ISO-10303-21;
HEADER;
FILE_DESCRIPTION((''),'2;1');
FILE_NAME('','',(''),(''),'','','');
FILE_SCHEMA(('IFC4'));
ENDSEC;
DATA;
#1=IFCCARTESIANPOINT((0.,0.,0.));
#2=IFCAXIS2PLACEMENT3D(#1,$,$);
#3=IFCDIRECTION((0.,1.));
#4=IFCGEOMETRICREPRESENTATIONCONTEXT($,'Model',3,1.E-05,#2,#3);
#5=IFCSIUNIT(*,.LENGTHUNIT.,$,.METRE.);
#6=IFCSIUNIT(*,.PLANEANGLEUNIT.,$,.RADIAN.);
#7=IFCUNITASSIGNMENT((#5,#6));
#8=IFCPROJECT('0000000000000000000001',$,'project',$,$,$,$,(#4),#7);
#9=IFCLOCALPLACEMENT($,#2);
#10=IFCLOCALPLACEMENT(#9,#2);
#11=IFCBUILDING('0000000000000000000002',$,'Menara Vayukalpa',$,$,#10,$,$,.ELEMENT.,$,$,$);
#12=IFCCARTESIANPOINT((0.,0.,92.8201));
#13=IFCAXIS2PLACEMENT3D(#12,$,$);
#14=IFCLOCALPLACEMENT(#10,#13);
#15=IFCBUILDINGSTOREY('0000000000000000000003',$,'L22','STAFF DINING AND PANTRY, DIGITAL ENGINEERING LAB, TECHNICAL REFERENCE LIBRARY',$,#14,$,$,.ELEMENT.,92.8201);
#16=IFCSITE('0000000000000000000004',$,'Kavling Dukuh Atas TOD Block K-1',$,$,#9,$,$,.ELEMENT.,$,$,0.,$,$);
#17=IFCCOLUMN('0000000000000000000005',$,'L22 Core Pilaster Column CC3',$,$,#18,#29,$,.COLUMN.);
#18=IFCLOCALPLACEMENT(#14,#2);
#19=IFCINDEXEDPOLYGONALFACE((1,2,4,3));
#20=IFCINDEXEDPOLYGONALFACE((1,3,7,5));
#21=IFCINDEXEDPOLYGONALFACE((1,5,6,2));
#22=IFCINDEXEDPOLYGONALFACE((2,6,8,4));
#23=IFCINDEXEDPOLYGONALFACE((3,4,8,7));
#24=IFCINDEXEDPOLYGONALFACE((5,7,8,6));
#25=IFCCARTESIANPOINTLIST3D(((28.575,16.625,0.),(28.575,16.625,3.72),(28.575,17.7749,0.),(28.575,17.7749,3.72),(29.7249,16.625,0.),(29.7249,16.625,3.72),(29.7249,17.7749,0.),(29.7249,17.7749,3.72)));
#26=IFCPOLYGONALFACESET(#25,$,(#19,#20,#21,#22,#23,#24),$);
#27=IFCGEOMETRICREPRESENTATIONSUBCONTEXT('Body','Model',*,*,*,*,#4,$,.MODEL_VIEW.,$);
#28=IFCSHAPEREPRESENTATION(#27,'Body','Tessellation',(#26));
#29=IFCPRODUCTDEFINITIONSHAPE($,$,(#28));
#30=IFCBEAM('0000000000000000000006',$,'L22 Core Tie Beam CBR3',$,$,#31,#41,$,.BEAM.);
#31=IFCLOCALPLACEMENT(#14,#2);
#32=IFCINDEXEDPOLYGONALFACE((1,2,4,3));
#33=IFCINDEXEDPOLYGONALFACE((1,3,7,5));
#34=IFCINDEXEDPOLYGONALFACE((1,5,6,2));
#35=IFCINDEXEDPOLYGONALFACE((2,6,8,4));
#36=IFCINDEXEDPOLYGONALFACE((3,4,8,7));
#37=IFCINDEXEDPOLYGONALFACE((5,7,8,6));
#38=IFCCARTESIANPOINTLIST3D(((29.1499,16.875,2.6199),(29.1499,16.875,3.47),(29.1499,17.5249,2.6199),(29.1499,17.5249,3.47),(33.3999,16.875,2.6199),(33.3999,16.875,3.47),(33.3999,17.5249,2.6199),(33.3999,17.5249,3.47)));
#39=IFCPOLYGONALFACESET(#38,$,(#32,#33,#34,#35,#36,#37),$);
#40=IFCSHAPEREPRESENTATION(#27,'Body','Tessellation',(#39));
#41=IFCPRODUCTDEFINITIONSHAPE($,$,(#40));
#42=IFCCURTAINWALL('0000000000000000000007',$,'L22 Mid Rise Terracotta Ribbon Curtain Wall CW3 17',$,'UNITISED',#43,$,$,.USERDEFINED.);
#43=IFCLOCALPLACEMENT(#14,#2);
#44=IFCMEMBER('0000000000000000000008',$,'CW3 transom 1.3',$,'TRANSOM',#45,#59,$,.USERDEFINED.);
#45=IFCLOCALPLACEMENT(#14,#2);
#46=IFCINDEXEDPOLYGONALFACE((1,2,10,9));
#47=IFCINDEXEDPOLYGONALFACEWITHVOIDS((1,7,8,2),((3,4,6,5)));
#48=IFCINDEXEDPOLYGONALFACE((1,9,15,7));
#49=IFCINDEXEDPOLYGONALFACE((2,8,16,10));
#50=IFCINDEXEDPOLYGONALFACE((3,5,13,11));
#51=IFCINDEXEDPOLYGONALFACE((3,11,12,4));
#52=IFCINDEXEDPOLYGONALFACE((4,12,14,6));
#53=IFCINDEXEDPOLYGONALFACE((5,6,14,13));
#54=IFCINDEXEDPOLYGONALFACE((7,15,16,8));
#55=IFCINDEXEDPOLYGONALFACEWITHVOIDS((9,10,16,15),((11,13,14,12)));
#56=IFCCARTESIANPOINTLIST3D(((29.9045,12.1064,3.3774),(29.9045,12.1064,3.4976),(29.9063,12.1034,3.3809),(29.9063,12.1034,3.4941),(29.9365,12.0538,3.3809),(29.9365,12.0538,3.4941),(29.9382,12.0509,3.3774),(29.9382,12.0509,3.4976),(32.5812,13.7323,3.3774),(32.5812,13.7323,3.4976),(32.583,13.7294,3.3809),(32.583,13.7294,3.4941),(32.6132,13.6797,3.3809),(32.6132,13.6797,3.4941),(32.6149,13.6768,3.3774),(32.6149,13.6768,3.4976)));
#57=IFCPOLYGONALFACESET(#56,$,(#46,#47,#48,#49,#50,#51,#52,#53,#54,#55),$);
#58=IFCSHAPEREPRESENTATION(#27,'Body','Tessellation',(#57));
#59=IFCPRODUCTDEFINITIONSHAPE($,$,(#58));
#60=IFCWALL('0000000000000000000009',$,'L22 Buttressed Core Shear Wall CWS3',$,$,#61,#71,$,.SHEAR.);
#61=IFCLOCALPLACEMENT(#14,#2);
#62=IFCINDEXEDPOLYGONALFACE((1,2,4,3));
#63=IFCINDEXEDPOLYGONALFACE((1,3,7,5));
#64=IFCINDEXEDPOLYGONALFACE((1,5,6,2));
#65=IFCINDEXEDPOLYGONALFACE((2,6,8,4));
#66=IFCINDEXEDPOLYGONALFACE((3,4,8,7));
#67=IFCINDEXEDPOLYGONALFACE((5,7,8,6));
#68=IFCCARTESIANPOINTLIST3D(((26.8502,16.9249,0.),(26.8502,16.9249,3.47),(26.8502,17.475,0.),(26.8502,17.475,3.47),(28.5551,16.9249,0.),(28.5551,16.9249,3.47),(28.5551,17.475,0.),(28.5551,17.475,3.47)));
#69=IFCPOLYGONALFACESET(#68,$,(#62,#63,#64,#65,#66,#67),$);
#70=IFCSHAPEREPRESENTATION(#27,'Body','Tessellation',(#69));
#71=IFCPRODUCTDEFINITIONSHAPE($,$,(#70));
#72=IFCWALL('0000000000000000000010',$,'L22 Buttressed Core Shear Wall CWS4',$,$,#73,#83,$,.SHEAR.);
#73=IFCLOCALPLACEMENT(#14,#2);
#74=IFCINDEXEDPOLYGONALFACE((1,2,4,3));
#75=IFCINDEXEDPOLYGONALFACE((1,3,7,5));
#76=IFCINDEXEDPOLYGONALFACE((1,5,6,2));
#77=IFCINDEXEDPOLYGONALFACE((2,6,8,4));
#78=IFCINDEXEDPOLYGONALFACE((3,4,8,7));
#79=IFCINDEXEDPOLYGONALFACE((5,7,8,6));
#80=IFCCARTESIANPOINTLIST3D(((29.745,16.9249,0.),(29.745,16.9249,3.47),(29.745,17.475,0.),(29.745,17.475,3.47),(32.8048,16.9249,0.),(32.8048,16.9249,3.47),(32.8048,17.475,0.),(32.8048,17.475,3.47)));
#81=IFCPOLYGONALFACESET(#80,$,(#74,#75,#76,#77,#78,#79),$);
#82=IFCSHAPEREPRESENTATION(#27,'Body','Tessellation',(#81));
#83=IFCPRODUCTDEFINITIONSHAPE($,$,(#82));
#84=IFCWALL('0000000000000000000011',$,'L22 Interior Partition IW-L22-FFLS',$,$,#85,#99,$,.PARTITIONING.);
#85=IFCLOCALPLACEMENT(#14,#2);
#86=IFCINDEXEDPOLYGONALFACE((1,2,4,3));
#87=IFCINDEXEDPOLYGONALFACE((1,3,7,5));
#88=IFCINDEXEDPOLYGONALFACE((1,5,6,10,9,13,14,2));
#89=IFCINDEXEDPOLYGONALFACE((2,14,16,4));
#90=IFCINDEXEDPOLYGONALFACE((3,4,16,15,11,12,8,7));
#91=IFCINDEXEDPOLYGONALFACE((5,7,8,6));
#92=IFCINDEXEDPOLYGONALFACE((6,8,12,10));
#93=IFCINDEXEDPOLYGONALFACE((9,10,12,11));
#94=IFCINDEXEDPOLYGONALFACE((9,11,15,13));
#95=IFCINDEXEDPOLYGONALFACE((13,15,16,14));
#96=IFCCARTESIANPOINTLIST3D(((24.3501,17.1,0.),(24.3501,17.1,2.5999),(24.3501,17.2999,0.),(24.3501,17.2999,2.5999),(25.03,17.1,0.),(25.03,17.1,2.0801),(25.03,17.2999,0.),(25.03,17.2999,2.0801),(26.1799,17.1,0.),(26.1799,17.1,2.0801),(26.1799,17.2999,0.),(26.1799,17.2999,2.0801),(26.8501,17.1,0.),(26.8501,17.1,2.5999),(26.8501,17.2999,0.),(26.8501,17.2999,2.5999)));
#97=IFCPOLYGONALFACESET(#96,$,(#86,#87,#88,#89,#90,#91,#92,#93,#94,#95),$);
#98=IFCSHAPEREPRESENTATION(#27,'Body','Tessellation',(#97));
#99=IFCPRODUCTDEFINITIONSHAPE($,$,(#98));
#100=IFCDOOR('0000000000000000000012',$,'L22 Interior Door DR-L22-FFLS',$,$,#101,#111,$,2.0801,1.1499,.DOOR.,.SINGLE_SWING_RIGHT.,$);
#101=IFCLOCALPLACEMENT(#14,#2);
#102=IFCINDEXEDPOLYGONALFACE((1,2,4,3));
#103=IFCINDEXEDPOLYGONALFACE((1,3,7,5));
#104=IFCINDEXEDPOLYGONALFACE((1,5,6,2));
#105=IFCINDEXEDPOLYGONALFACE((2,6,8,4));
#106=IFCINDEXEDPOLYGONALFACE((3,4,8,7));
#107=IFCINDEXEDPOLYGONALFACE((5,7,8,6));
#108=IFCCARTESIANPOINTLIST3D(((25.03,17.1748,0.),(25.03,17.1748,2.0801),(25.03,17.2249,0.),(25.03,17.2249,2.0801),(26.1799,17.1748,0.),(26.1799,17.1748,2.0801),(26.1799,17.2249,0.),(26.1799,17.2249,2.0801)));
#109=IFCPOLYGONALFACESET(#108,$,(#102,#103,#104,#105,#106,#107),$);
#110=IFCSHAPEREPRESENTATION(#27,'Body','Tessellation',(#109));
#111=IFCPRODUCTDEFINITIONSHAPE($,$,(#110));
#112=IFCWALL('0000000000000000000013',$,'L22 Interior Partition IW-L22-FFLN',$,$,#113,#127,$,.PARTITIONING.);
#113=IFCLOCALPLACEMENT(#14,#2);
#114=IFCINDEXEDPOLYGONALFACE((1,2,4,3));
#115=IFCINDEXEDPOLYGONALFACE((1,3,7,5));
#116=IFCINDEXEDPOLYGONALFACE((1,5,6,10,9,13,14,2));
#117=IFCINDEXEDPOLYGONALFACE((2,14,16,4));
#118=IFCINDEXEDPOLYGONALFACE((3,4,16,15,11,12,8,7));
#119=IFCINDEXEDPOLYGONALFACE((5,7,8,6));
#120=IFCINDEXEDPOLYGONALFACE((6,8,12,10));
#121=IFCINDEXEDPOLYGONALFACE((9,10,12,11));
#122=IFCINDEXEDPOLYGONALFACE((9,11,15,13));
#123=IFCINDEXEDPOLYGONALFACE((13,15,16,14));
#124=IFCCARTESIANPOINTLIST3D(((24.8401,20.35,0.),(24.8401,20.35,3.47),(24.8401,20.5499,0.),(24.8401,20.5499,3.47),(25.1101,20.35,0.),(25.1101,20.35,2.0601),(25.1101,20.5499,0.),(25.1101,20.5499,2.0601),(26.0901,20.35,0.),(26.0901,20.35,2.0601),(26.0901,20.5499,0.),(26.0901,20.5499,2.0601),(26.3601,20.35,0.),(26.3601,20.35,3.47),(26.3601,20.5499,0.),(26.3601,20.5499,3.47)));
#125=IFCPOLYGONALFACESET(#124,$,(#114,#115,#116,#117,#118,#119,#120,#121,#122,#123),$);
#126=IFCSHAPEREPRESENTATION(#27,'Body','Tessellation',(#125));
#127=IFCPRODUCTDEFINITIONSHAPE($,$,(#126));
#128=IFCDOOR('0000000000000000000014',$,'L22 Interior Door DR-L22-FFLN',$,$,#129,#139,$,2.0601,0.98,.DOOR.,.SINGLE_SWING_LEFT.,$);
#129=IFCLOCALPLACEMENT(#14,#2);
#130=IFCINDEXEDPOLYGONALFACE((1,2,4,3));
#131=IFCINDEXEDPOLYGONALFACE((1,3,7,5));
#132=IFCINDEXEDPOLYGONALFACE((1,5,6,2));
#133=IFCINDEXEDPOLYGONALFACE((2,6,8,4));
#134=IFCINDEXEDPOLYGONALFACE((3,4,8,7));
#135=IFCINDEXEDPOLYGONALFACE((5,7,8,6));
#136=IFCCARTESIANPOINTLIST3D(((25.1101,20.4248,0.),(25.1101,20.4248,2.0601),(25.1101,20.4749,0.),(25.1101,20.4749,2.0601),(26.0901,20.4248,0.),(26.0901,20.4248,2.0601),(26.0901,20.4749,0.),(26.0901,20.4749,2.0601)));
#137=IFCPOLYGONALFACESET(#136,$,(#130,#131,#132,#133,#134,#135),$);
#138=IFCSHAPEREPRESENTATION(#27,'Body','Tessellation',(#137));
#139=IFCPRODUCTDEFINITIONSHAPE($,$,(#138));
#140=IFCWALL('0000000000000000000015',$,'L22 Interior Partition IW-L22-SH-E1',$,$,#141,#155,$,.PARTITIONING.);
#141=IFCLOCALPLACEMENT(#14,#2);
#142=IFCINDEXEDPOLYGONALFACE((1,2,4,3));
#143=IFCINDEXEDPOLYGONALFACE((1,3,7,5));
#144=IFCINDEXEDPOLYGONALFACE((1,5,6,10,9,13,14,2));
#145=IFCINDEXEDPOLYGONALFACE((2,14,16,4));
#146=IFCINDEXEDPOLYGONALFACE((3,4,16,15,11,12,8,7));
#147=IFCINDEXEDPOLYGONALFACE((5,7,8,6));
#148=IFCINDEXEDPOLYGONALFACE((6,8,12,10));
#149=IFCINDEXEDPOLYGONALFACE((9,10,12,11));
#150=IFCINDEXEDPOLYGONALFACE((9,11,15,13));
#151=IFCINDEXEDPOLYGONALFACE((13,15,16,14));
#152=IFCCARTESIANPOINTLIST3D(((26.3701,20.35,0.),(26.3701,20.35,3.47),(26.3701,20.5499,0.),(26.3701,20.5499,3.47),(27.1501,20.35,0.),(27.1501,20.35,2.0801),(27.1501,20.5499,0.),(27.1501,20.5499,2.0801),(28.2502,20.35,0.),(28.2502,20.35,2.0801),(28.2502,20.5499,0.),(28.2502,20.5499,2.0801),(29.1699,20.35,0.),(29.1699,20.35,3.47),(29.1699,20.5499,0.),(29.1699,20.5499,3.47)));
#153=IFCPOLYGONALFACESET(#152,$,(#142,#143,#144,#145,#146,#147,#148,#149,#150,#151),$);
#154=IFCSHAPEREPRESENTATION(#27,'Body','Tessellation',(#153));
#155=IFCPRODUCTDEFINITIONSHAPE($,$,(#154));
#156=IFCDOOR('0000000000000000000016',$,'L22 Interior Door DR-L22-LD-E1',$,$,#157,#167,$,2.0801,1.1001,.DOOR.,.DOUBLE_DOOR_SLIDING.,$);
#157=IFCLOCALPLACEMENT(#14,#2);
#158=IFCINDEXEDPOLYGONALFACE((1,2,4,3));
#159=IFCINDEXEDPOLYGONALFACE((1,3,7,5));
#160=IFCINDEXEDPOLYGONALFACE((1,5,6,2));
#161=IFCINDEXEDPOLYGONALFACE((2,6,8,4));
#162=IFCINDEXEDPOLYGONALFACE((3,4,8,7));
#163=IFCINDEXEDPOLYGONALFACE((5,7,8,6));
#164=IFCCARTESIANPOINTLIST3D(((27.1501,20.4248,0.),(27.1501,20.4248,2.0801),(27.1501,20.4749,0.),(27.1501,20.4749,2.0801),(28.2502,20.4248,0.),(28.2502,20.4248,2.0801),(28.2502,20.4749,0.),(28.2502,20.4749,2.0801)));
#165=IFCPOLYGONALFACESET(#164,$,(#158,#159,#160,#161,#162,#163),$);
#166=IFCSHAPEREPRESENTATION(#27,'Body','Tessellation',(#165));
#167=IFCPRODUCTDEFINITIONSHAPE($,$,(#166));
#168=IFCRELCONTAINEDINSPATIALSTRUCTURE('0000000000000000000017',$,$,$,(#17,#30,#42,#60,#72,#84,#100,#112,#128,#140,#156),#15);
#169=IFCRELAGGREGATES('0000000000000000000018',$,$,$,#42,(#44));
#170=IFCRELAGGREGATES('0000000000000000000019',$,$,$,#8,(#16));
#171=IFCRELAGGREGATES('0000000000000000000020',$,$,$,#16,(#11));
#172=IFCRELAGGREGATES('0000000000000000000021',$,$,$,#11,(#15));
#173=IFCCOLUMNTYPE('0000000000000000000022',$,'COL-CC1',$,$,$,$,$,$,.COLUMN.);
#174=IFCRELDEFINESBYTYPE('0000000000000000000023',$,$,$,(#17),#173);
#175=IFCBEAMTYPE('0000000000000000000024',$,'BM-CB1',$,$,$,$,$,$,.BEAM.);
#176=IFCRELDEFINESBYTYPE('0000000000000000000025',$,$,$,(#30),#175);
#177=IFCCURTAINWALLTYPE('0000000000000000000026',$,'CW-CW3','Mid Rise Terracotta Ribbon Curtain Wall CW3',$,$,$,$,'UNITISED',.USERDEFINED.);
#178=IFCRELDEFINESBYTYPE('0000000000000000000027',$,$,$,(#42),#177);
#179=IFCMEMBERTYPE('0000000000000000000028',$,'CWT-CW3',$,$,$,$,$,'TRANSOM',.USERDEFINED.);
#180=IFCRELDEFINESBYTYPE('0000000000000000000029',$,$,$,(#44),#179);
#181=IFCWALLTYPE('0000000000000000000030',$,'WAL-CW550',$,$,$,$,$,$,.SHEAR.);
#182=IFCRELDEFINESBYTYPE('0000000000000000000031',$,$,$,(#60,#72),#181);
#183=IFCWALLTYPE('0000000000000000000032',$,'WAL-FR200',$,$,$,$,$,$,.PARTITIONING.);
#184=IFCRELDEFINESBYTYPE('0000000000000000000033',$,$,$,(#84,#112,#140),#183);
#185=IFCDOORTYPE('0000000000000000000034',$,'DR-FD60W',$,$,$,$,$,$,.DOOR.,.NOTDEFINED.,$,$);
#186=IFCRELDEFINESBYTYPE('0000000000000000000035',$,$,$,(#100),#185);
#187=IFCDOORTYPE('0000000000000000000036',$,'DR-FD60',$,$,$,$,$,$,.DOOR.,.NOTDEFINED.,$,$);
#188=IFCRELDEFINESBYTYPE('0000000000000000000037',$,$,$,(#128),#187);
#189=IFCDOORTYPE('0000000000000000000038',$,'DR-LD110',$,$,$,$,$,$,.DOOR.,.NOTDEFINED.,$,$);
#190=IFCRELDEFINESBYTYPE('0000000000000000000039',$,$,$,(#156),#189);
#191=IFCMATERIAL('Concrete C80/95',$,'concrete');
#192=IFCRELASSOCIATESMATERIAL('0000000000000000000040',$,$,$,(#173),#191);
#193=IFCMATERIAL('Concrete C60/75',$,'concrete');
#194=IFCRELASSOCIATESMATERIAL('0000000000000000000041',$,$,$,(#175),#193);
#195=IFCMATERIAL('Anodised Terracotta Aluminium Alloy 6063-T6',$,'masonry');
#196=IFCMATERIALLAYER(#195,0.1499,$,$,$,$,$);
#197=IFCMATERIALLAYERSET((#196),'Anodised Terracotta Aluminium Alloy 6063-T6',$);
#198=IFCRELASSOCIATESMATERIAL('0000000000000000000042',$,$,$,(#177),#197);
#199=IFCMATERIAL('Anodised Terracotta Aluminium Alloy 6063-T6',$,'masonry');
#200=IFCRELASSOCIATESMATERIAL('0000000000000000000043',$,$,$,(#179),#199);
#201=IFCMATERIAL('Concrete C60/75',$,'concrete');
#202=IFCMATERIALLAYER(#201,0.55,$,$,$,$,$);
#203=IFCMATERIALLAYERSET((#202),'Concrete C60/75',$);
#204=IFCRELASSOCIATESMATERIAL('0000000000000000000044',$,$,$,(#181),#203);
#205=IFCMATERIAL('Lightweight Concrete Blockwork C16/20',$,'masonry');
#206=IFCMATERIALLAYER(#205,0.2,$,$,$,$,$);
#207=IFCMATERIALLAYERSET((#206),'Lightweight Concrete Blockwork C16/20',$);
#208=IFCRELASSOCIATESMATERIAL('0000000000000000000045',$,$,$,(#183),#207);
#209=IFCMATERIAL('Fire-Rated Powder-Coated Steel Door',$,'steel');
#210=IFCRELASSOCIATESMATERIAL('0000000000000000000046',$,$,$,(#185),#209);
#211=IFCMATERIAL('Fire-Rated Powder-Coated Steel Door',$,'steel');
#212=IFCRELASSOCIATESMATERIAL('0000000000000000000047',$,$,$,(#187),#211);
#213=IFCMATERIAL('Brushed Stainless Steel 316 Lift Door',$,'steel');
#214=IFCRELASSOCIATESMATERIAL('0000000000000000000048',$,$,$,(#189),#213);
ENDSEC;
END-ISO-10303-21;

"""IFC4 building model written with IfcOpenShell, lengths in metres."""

from ifc_helpers import new_model, si_unit, direction, frame, frame_2d, origin, origin_2d, place, context, subcontext, project, spatial, rectangle, hollow_rectangle, extrude, material, layer, layer_set, material_profile, profile_set, type_object, element, fill, aggregate, save


model = new_model("IFC4")

# Units and contexts
model_context = context("Model", 3, precision=1e-05, world=origin(), true_north=direction((0.0, 1.0)))
body_context = subcontext(model_context, "Body", "Model", "MODEL_VIEW")
ifc_project = project(units=[si_unit("LENGTHUNIT", "METRE"), si_unit("PLANEANGLEUNIT", "RADIAN")], contexts=[model_context])

# Site, building, storey
site_placement = place(None, origin())
site = spatial("IfcSite", under=ifc_project, at=site_placement, Name="Kavling Dukuh Atas TOD Block K-1", CompositionType="ELEMENT", RefElevation=0.0)
building_placement = place(site_placement, origin())
building = spatial("IfcBuilding", under=site, at=building_placement, Name="Menara Vayukalpa", CompositionType="ELEMENT")
storey_placement = place(building_placement, frame((0.0, 0.0, 92.8201)))
storey = spatial("IfcBuildingStorey", under=building, at=storey_placement, Name="L22", Description="STAFF DINING AND PANTRY, DIGITAL ENGINEERING LAB, TECHNICAL REFERENCE LIBRARY", CompositionType="ELEMENT", Elevation=92.8201)

# Column
ifc_material_1 = material(Name="Concrete C80/95", Category="concrete")
ifc_material_profile_1 = material_profile(ifc_material_1, rectangle(XDim=1.1499, YDim=1.1499, at=origin_2d()), Name="RC 1150x1150")
ifc_profile_set_1 = profile_set([ifc_material_profile_1], Name="Concrete C80/95")
column_type = type_object("IfcColumnType", Name="COL-CC1", PredefinedType="COLUMN", material=ifc_profile_set_1)
column_placement = place(storey_placement, frame((29.1499, 17.2, 0.0), z_axis=(0.0, 0.0, 1.0), x_axis=(1.0, 0.0, 0.0)))
element("IfcColumn", 1, at=column_placement, inside=storey, type_object=column_type, Name="L22 Core Pilaster Column CC3", PredefinedType="COLUMN", context=body_context, shape_type="SweptSolid", body=[
    extrude(rectangle(XDim=1.1499, YDim=1.1499, at=origin_2d()), origin(), (0.0, 0.0, 1.0), 3.72),
])

# Beam
ifc_material_2 = material(Name="Concrete C60/75", Category="concrete")
ifc_material_profile_2 = material_profile(ifc_material_2, rectangle(XDim=0.6499, YDim=0.8501, at=origin_2d()), Name="RC 650x850")
ifc_profile_set_2 = profile_set([ifc_material_profile_2], Name="Concrete C60/75")
beam_type = type_object("IfcBeamType", Name="BM-CB1", PredefinedType="BEAM", material=ifc_profile_set_2)
beam_placement = place(storey_placement, frame((29.1499, 17.2, 3.0449), z_axis=(1.0, 0.0, 0.0), x_axis=(0.0, 1.0, 0.0)))
element("IfcBeam", 2, at=beam_placement, inside=storey, type_object=beam_type, Name="L22 Core Tie Beam CBR3", PredefinedType="BEAM", context=body_context, shape_type="SweptSolid", body=[
    extrude(rectangle(XDim=0.6499, YDim=0.8501, at=origin_2d()), origin(), (0.0, 0.0, 1.0), 4.25),
])

# Curtain wall, member
ifc_material_3 = material(Name="Anodised Terracotta Aluminium Alloy 6063-T6", Category="masonry")
ifc_layer_1 = layer(ifc_material_3, 0.1499)
ifc_layer_set_1 = layer_set([ifc_layer_1], Name="Anodised Terracotta Aluminium Alloy 6063-T6")
curtain_wall_type = type_object("IfcCurtainWallType", Name="CW-CW3", Description="Mid Rise Terracotta Ribbon Curtain Wall CW3", ElementType="UNITISED", PredefinedType="USERDEFINED", material=ifc_layer_set_1)
curtain_wall_placement = place(storey_placement, origin())
curtain_wall = element("IfcCurtainWall", 3, at=curtain_wall_placement, inside=storey, type_object=curtain_wall_type, Name="L22 Mid Rise Terracotta Ribbon Curtain Wall CW3 17", ObjectType="UNITISED", PredefinedType="USERDEFINED")
ifc_material_4 = material(Name="Anodised Terracotta Aluminium Alloy 6063-T6", Category="masonry")
ifc_material_profile_3 = material_profile(ifc_material_4, hollow_rectangle(XDim=0.0649, YDim=0.1201, WallThickness=0.0034, at=origin_2d()), Name="ALU 65x120x3.5")
ifc_profile_set_3 = profile_set([ifc_material_profile_3], Name="Anodised Terracotta Aluminium Alloy 6063-T6")
member_type = type_object("IfcMemberType", Name="CWT-CW3", ElementType="TRANSOM", PredefinedType="USERDEFINED", material=ifc_profile_set_3)
member_placement = place(storey_placement, frame((29.9214, 12.0786, 3.4375), z_axis=(0.854674, 0.519165, 0.0), x_axis=(-0.519165, 0.854674, 0.0)))
member = element("IfcMember", 4, at=member_placement, type_object=member_type, Name="CW3 transom 1.3", ObjectType="TRANSOM", PredefinedType="USERDEFINED", context=body_context, shape_type="SweptSolid", body=[
    extrude(hollow_rectangle(XDim=0.0649, YDim=0.1201, WallThickness=0.0034, at=origin_2d()), origin(), (0.0, 0.0, 1.0), 3.1318),
])
aggregate(curtain_wall, [member])

# Walls
ifc_material_5 = material(Name="Concrete C60/75", Category="concrete")
ifc_layer_2 = layer(ifc_material_5, 0.55)
ifc_layer_set_2 = layer_set([ifc_layer_2], Name="Concrete C60/75")
wall_type_1 = type_object("IfcWallType", Name="WAL-CW550", PredefinedType="SHEAR", material=ifc_layer_set_2)
wall_1_placement = place(storey_placement, frame((26.8501, 17.2, 0.0), z_axis=(0.0, 0.0, 1.0), x_axis=(1.0, 0.0, 0.0)))
element("IfcWall", 5, at=wall_1_placement, inside=storey, type_object=wall_type_1, Name="L22 Buttressed Core Shear Wall CWS3", PredefinedType="SHEAR", context=body_context, shape_type="SweptSolid", body=[
    extrude(rectangle(XDim=1.7048, YDim=0.55, at=frame_2d((0.8525, 0.0))), origin(), (0.0, 0.0, 1.0), 3.47),
])
wall_2_placement = place(storey_placement, frame((29.7451, 17.2, 0.0), z_axis=(0.0, 0.0, 1.0), x_axis=(1.0, 0.0, 0.0)))
element("IfcWall", 6, at=wall_2_placement, inside=storey, type_object=wall_type_1, Name="L22 Buttressed Core Shear Wall CWS4", PredefinedType="SHEAR", context=body_context, shape_type="SweptSolid", body=[
    extrude(rectangle(XDim=3.0598, YDim=0.55, at=frame_2d((1.5298, 0.0))), origin(), (0.0, 0.0, 1.0), 3.47),
])

# Walls, openings, doors
ifc_material_6 = material(Name="Lightweight Concrete Blockwork C16/20", Category="masonry")
ifc_layer_3 = layer(ifc_material_6, 0.2)
ifc_layer_set_3 = layer_set([ifc_layer_3], Name="Lightweight Concrete Blockwork C16/20")
wall_type_2 = type_object("IfcWallType", Name="WAL-FR200", PredefinedType="PARTITIONING", material=ifc_layer_set_3)
wall_3_placement = place(storey_placement, frame((24.3501, 17.2, 0.0), z_axis=(0.0, 0.0, 1.0), x_axis=(1.0, 0.0, 0.0)))
wall_3 = element("IfcWall", 7, at=wall_3_placement, inside=storey, type_object=wall_type_2, Name="L22 Interior Partition IW-L22-FFLS", PredefinedType="PARTITIONING", context=body_context, shape_type="SweptSolid", body=[
    extrude(rectangle(XDim=2.5, YDim=0.2, at=frame_2d((1.25, 0.0))), origin(), (0.0, 0.0, 1.0), 2.5999),
])
opening_1_placement = place(wall_3_placement, frame((0.6799, 0.0, 0.0)))
opening_1 = element("IfcOpeningElement", 8, at=opening_1_placement, cuts=wall_3, PredefinedType="OPENING", context=body_context, shape_type="SweptSolid", body=[
    extrude(rectangle(XDim=1.1499, YDim=2.0801, at=frame_2d((0.575, 1.04))), frame((0.0, 0.1099, 0.0), z_axis=(0.0, -1.0, 0.0), x_axis=(1.0, 0.0, 0.0)), (0.0, 0.0, 1.0), 0.22),
])
ifc_material_7 = material(Name="Fire-Rated Powder-Coated Steel Door", Category="steel")
door_type_1 = type_object("IfcDoorType", Name="DR-FD60W", OperationType="NOTDEFINED", PredefinedType="DOOR", material=ifc_material_7)
door_1_placement = place(opening_1_placement, origin())
door_1 = element("IfcDoor", 9, at=door_1_placement, inside=storey, type_object=door_type_1, Name="L22 Interior Door DR-L22-FFLS", OperationType="SINGLE_SWING_RIGHT", OverallHeight=2.0801, OverallWidth=1.1499, PredefinedType="DOOR", context=body_context, shape_type="SweptSolid", body=[
    extrude(rectangle(XDim=1.1499, YDim=2.0801, at=frame_2d((0.575, 1.04))), frame((0.0, 0.0249, 0.0), z_axis=(0.0, -1.0, 0.0), x_axis=(1.0, 0.0, 0.0)), (0.0, 0.0, 1.0), 0.05),
])
fill(opening_1, door_1)
wall_4_placement = place(storey_placement, frame((24.8401, 20.45, 0.0), z_axis=(0.0, 0.0, 1.0), x_axis=(1.0, 0.0, 0.0)))
wall_4 = element("IfcWall", 10, at=wall_4_placement, inside=storey, type_object=wall_type_2, Name="L22 Interior Partition IW-L22-FFLN", PredefinedType="PARTITIONING", context=body_context, shape_type="SweptSolid", body=[
    extrude(rectangle(XDim=1.52, YDim=0.2, at=frame_2d((0.76, 0.0))), origin(), (0.0, 0.0, 1.0), 3.47),
])
opening_2_placement = place(wall_4_placement, frame((0.27, 0.0, 0.0)))
opening_2 = element("IfcOpeningElement", 11, at=opening_2_placement, cuts=wall_4, PredefinedType="OPENING", context=body_context, shape_type="SweptSolid", body=[
    extrude(rectangle(XDim=0.98, YDim=2.0601, at=frame_2d((0.49, 1.03))), frame((0.0, 0.1099, 0.0), z_axis=(0.0, -1.0, 0.0), x_axis=(1.0, 0.0, 0.0)), (0.0, 0.0, 1.0), 0.22),
])
ifc_material_8 = material(Name="Fire-Rated Powder-Coated Steel Door", Category="steel")
door_type_2 = type_object("IfcDoorType", Name="DR-FD60", OperationType="NOTDEFINED", PredefinedType="DOOR", material=ifc_material_8)
door_2_placement = place(opening_2_placement, origin())
door_2 = element("IfcDoor", 12, at=door_2_placement, inside=storey, type_object=door_type_2, Name="L22 Interior Door DR-L22-FFLN", OperationType="SINGLE_SWING_LEFT", OverallHeight=2.0601, OverallWidth=0.98, PredefinedType="DOOR", context=body_context, shape_type="SweptSolid", body=[
    extrude(rectangle(XDim=0.98, YDim=2.0601, at=frame_2d((0.49, 1.03))), frame((0.0, 0.0249, 0.0), z_axis=(0.0, -1.0, 0.0), x_axis=(1.0, 0.0, 0.0)), (0.0, 0.0, 1.0), 0.05),
])
fill(opening_2, door_2)
wall_5_placement = place(storey_placement, frame((26.3701, 20.45, 0.0), z_axis=(0.0, 0.0, 1.0), x_axis=(1.0, 0.0, 0.0)))
wall_5 = element("IfcWall", 13, at=wall_5_placement, inside=storey, type_object=wall_type_2, Name="L22 Interior Partition IW-L22-SH-E1", PredefinedType="PARTITIONING", context=body_context, shape_type="SweptSolid", body=[
    extrude(rectangle(XDim=2.7998, YDim=0.2, at=frame_2d((1.3999, 0.0))), origin(), (0.0, 0.0, 1.0), 3.47),
])
opening_3_placement = place(wall_5_placement, frame((0.78, 0.0, 0.0)))
opening_3 = element("IfcOpeningElement", 14, at=opening_3_placement, cuts=wall_5, PredefinedType="OPENING", context=body_context, shape_type="SweptSolid", body=[
    extrude(rectangle(XDim=1.1001, YDim=2.0801, at=frame_2d((0.55, 1.04))), frame((0.0, 0.1099, 0.0), z_axis=(0.0, -1.0, 0.0), x_axis=(1.0, 0.0, 0.0)), (0.0, 0.0, 1.0), 0.22),
])
ifc_material_9 = material(Name="Brushed Stainless Steel 316 Lift Door", Category="steel")
door_type_3 = type_object("IfcDoorType", Name="DR-LD110", OperationType="NOTDEFINED", PredefinedType="DOOR", material=ifc_material_9)
door_3_placement = place(opening_3_placement, origin())
door_3 = element("IfcDoor", 15, at=door_3_placement, inside=storey, type_object=door_type_3, Name="L22 Interior Door DR-L22-LD-E1", OperationType="DOUBLE_DOOR_SLIDING", OverallHeight=2.0801, OverallWidth=1.1001, PredefinedType="DOOR", context=body_context, shape_type="SweptSolid", body=[
    extrude(rectangle(XDim=1.1001, YDim=2.0801, at=frame_2d((0.55, 1.04))), frame((0.0, 0.0249, 0.0), z_axis=(0.0, -1.0, 0.0), x_axis=(1.0, 0.0, 0.0)), (0.0, 0.0, 1.0), 0.05),
])
fill(opening_3, door_3)

save(model, "model.ifc")
